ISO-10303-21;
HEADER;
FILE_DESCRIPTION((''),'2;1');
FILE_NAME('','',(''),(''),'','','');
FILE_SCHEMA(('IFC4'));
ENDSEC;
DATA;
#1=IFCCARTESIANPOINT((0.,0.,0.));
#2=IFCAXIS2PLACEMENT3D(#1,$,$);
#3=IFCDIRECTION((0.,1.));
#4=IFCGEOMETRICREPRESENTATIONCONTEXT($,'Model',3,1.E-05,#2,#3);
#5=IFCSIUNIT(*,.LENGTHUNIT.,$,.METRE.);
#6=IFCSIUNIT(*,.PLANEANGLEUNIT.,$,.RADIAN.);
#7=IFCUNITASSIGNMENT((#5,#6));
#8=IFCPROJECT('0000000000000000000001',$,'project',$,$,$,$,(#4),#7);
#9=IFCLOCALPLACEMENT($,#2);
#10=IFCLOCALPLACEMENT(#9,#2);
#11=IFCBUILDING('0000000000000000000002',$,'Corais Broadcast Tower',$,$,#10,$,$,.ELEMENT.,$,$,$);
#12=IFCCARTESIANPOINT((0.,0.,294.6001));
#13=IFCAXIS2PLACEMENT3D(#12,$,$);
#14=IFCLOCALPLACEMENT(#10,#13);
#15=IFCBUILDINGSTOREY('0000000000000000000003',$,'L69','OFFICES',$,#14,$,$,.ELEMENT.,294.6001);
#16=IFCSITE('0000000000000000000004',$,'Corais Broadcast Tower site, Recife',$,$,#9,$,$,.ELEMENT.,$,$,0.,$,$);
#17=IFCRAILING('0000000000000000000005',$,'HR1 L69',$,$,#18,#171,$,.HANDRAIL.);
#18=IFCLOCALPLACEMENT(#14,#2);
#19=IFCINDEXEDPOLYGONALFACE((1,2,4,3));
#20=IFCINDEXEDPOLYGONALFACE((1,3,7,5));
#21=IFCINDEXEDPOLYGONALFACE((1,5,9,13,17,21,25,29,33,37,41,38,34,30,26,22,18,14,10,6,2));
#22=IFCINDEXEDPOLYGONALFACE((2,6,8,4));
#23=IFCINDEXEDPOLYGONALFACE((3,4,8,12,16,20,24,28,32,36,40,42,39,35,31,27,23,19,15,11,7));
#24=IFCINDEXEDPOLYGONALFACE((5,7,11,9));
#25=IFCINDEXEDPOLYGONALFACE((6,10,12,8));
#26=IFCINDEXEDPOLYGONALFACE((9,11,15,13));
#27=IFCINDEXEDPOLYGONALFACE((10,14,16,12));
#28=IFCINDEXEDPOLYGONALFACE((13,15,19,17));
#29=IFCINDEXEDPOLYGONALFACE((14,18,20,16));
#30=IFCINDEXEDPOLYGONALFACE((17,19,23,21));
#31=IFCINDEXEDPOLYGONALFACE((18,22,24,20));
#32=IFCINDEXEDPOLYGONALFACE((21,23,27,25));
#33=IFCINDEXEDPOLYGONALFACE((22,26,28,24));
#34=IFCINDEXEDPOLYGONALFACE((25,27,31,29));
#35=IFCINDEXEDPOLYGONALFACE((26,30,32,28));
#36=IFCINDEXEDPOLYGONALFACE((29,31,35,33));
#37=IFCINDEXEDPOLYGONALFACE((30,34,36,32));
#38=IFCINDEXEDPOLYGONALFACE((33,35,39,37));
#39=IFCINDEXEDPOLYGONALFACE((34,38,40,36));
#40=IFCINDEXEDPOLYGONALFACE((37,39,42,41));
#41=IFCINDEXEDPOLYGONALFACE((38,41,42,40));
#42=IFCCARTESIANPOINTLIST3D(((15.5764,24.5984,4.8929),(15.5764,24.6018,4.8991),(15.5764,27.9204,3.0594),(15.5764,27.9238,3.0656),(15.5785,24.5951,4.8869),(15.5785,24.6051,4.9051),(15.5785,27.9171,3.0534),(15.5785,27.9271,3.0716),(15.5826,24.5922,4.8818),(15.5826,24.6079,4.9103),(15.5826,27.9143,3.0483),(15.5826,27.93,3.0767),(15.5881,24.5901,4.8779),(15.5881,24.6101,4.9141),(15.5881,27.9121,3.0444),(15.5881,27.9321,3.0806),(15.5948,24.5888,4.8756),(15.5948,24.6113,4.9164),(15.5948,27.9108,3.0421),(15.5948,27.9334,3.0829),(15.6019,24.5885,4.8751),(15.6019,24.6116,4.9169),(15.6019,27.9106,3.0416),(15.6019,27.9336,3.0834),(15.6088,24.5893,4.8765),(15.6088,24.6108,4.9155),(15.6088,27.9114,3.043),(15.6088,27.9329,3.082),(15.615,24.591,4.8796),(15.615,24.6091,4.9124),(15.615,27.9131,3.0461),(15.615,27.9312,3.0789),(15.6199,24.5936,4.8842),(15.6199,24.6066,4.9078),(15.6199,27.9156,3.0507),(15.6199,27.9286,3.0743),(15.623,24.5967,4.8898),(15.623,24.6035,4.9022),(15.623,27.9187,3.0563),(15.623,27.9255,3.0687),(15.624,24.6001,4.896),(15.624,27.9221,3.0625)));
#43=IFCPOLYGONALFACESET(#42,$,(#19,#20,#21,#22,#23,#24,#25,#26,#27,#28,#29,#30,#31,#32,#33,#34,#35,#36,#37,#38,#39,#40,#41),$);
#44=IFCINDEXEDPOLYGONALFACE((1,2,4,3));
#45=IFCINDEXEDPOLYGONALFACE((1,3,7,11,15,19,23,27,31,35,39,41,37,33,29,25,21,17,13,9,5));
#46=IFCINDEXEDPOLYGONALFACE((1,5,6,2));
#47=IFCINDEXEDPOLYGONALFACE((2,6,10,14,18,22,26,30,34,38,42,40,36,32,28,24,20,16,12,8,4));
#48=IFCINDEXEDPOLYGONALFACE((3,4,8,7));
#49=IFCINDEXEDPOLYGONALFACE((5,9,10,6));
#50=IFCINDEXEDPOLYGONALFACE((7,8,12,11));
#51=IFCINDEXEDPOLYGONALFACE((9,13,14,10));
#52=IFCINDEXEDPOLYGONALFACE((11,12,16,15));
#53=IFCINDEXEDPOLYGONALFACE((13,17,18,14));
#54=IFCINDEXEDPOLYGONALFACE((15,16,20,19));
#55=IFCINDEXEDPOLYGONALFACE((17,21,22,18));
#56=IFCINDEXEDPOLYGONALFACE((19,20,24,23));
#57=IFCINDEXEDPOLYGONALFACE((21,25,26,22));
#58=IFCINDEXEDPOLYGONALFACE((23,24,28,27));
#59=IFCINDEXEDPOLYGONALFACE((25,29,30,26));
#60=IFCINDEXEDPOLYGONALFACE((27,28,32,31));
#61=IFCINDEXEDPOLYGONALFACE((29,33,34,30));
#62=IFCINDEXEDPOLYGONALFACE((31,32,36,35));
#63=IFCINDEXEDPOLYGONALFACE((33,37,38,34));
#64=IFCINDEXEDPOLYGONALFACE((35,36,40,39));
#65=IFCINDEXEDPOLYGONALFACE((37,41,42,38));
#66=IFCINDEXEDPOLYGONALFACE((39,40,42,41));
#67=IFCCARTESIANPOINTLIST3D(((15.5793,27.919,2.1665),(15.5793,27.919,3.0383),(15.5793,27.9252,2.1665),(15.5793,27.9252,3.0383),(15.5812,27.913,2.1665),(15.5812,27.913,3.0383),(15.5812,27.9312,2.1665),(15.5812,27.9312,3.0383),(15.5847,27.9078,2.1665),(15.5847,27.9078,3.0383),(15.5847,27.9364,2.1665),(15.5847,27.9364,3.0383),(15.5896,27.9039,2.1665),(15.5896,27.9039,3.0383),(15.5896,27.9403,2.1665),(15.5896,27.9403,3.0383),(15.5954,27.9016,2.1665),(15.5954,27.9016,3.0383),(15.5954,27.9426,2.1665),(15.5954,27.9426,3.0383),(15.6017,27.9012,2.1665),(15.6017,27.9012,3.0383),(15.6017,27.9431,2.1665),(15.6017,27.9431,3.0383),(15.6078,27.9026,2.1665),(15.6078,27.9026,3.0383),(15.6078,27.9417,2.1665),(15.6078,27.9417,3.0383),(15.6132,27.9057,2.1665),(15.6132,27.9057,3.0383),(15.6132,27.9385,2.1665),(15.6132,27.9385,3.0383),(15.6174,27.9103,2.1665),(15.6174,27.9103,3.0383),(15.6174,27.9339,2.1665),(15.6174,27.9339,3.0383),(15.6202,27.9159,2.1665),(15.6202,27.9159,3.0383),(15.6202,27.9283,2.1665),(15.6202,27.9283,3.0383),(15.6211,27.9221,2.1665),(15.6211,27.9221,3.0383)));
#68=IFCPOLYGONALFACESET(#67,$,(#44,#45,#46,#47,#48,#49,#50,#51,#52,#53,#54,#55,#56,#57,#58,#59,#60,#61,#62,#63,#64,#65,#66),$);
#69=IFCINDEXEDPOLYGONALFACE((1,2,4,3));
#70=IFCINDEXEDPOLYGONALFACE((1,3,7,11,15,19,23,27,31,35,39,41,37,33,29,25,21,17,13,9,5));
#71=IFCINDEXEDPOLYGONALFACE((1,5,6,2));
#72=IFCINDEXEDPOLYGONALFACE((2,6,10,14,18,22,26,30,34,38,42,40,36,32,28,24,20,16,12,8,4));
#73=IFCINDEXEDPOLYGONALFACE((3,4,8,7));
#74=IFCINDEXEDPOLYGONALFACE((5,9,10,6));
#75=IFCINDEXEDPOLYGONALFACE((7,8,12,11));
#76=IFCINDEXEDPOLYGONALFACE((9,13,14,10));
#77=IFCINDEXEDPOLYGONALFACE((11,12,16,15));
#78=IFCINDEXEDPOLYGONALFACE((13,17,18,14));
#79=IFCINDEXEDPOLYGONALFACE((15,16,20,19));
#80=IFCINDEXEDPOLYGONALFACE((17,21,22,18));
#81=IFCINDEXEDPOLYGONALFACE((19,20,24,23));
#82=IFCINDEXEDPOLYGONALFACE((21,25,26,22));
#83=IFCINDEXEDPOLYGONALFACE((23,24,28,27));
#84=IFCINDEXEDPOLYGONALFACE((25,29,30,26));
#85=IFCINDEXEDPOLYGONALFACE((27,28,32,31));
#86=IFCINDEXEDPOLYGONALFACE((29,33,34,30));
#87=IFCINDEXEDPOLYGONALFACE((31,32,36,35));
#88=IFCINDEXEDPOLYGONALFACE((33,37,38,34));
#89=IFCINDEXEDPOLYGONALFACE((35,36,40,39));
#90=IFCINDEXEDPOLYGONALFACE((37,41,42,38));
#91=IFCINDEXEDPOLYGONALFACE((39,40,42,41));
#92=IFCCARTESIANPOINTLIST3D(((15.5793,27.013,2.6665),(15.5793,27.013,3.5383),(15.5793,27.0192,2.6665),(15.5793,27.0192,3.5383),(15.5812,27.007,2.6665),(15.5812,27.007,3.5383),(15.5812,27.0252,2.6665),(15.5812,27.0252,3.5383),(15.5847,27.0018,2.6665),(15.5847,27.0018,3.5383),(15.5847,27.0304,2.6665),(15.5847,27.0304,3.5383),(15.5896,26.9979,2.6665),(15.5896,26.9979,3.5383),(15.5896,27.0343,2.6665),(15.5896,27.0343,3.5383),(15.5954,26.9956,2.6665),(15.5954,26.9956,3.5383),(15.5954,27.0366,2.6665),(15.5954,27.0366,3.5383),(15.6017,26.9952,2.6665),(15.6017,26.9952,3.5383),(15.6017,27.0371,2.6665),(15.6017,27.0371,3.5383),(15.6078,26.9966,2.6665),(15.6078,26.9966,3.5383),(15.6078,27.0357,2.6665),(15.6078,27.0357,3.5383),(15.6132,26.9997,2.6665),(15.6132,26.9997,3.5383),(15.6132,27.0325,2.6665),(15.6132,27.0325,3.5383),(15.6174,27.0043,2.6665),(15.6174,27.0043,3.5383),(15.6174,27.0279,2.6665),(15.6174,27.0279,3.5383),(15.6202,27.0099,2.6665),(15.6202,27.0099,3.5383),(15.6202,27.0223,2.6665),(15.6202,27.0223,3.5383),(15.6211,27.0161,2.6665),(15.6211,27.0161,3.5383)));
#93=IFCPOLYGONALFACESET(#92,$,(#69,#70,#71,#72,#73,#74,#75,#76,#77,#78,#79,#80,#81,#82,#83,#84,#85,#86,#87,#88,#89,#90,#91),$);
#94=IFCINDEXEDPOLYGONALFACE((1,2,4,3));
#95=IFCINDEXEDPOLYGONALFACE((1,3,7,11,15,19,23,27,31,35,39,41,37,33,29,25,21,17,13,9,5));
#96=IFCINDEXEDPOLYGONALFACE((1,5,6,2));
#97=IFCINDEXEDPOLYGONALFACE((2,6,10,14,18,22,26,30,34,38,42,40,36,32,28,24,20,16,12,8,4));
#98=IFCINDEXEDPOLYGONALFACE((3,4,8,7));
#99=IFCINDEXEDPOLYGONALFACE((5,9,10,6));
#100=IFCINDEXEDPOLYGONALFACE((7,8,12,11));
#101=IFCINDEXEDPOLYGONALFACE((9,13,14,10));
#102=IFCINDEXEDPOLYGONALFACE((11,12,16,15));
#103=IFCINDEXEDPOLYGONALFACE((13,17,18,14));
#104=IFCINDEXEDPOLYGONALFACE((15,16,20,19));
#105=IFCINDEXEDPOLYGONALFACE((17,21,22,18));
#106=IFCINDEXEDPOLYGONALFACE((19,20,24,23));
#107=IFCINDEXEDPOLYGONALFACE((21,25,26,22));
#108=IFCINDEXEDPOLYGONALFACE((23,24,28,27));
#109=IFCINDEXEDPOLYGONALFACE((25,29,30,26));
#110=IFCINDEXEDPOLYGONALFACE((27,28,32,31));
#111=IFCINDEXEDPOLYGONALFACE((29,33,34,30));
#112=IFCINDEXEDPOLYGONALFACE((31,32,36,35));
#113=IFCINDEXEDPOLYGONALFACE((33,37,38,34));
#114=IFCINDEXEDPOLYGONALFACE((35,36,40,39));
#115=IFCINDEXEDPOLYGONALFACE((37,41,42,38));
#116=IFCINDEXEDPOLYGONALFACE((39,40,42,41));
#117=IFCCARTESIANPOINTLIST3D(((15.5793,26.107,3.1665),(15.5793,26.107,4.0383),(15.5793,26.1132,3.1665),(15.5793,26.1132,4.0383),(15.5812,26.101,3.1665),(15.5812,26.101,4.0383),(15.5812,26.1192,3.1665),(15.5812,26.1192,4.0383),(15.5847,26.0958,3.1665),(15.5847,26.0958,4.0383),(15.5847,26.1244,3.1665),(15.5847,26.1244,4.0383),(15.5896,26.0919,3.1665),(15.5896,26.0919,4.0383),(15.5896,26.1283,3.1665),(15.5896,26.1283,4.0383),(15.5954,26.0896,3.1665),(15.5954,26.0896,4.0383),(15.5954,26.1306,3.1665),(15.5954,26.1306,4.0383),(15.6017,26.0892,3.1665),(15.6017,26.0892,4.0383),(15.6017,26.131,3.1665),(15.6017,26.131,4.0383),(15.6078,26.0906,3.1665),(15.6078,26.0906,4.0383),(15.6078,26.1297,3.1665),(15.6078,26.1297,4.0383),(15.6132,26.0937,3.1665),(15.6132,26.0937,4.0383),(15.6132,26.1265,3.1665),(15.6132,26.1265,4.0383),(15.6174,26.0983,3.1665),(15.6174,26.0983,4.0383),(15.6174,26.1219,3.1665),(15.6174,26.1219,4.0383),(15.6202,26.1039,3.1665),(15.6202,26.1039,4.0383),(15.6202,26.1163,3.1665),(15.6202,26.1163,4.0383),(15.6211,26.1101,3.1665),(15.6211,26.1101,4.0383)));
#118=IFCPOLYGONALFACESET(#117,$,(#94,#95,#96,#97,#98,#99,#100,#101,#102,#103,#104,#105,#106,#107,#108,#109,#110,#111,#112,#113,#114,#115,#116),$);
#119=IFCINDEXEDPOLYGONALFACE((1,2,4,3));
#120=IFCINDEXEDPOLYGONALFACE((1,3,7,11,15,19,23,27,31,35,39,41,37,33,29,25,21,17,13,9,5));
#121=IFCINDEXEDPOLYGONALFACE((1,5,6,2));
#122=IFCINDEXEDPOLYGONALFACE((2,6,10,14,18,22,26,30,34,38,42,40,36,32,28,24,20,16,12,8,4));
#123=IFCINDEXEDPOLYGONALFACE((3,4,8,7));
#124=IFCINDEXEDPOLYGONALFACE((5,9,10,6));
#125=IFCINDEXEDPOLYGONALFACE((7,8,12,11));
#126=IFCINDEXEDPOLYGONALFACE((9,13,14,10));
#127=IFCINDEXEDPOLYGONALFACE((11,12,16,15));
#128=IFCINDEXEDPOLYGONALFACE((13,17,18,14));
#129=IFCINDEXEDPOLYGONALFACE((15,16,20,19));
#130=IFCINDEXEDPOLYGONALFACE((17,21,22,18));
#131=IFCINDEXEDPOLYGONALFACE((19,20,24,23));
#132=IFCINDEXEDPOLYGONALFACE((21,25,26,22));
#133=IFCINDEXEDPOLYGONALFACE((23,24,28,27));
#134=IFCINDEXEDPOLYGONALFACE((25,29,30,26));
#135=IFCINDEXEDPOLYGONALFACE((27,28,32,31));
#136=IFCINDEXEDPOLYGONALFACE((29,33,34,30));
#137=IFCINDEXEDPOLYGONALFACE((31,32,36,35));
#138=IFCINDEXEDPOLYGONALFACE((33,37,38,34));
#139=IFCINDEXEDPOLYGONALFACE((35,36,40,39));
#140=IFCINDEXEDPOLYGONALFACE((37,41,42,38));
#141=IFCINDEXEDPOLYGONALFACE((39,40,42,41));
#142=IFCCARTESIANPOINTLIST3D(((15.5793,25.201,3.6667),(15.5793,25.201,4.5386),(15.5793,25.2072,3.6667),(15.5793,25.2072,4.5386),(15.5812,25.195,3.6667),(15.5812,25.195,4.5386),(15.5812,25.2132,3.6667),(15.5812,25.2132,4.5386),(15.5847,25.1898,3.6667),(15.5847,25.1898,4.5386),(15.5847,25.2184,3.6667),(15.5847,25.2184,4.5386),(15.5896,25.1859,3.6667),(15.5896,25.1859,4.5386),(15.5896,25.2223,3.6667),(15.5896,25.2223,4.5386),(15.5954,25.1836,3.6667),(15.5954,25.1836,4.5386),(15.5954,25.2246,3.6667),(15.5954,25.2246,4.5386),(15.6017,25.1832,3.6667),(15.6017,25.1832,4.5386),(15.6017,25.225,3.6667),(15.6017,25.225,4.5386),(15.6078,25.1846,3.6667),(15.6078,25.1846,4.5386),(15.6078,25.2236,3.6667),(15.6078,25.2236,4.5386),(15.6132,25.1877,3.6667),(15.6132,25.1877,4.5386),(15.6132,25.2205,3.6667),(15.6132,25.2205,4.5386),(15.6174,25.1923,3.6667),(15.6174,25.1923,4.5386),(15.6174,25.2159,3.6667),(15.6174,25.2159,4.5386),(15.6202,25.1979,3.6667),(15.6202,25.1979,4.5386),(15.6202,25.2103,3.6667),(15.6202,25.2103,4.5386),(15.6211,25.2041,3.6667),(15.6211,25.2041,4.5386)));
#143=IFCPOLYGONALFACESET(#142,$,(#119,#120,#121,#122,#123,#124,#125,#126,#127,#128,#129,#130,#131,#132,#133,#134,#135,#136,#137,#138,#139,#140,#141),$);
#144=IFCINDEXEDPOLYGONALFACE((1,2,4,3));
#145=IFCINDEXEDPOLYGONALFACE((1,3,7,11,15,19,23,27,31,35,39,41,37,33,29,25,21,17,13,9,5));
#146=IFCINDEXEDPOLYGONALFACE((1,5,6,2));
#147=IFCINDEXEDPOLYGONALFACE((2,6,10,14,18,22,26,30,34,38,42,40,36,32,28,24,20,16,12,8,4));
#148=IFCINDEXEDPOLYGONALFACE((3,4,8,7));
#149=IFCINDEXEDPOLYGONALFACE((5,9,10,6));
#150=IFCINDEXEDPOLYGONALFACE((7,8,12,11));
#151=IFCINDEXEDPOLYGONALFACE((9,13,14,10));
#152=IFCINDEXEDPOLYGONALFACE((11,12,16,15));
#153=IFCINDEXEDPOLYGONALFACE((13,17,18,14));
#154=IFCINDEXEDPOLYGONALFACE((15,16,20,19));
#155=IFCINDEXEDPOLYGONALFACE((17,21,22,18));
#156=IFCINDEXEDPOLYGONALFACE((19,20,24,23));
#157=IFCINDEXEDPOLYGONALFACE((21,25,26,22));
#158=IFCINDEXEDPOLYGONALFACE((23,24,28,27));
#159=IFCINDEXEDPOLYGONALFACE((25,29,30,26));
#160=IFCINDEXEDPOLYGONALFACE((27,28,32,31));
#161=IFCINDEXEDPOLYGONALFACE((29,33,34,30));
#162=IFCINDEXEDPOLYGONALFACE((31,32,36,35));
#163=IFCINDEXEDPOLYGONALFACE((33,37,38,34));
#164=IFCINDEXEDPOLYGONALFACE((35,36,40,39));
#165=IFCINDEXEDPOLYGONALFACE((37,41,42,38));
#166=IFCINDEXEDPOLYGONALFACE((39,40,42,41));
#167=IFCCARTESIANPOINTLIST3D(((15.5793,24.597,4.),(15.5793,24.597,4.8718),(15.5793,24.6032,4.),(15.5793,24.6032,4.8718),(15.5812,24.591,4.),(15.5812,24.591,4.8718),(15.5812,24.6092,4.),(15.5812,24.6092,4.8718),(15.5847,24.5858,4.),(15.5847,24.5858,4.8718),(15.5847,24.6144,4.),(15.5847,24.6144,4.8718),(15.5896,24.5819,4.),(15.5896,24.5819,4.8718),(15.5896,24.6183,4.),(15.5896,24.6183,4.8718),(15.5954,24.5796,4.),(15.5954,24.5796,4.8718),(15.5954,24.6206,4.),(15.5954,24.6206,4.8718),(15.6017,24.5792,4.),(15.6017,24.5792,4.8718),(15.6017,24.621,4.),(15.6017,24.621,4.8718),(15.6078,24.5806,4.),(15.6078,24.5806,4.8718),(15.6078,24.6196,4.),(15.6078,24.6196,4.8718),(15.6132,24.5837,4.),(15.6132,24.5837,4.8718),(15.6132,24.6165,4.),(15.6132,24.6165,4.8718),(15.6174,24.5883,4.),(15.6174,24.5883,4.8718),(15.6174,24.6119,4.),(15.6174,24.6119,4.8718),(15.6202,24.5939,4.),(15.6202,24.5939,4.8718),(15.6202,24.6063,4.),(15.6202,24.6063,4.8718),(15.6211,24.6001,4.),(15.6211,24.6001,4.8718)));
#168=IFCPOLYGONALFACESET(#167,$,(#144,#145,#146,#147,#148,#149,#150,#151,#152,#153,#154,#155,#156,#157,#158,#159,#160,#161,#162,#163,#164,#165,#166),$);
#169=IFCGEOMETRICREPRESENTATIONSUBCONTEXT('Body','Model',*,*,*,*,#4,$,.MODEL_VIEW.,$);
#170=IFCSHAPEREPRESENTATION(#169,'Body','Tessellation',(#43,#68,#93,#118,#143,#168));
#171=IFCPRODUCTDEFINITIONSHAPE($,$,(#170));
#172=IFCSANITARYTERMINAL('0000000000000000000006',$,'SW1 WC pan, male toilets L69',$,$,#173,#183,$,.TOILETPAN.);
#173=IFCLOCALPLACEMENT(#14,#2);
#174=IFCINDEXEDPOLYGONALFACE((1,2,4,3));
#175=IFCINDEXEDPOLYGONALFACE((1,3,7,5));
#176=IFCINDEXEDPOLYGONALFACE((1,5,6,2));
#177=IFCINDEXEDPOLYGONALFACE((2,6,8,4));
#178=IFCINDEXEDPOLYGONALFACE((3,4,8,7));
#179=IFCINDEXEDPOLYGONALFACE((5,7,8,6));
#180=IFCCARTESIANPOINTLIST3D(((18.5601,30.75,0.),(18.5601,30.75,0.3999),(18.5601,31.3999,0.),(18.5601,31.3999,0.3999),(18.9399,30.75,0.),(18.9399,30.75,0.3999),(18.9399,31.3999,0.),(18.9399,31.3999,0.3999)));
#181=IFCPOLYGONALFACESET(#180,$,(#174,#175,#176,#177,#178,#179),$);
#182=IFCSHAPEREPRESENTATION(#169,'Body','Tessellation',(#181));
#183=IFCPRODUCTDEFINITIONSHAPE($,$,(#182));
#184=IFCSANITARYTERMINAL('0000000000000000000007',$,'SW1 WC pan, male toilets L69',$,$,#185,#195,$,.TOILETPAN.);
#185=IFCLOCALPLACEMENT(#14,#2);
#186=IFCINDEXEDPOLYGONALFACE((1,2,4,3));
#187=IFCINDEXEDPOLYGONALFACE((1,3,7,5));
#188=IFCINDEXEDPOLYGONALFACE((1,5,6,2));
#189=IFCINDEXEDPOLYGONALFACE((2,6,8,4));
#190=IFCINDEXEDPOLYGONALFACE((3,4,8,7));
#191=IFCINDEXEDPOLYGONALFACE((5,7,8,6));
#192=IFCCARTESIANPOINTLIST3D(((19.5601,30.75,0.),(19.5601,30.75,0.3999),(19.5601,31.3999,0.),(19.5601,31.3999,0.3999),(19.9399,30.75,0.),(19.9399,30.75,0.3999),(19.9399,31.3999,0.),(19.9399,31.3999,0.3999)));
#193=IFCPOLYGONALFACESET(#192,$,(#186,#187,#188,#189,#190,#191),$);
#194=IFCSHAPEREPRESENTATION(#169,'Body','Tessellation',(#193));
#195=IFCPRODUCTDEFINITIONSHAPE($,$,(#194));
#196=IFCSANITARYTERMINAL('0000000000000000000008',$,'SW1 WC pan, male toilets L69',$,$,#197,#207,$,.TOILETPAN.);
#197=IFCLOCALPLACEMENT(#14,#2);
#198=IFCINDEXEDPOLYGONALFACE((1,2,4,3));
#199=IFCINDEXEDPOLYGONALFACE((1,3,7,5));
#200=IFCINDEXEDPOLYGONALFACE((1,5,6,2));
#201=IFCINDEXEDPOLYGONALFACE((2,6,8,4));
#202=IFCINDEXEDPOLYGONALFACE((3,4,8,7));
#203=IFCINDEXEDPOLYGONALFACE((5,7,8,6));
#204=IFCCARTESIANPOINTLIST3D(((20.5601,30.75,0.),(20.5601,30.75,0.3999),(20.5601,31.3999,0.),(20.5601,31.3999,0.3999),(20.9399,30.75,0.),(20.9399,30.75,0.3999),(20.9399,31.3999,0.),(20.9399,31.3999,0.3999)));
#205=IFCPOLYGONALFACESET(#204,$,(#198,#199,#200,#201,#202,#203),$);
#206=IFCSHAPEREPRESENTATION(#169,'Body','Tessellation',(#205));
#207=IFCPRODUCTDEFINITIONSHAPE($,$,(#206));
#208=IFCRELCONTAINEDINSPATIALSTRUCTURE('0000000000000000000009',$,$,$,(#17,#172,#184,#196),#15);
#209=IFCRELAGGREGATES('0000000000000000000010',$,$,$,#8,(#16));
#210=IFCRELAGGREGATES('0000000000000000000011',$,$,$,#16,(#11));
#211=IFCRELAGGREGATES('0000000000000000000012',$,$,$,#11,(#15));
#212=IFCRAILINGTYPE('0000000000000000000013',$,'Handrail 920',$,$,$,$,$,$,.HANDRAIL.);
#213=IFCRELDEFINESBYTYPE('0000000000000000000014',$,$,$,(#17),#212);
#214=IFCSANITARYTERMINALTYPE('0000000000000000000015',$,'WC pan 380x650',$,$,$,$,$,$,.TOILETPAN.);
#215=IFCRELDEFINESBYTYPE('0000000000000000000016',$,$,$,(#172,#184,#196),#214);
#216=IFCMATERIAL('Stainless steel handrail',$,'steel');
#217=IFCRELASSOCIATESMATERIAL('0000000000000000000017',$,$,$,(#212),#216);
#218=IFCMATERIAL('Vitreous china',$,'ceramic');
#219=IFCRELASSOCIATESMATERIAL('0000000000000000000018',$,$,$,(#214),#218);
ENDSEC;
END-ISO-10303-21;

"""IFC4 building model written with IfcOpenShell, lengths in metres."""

from ifc_helpers import new_model, si_unit, direction, frame, origin, origin_2d, place, context, subcontext, project, spatial, rectangle, circle, extrude, material, type_object, element, save


model = new_model("IFC4")

# Units and contexts
model_context = context("Model", 3, precision=1e-05, world=origin(), true_north=direction((0.0, 1.0)))
body_context = subcontext(model_context, "Body", "Model", "MODEL_VIEW")
ifc_project = project(units=[si_unit("LENGTHUNIT", "METRE"), si_unit("PLANEANGLEUNIT", "RADIAN")], contexts=[model_context])

# Site, building, storey
site_placement = place(None, origin())
site = spatial("IfcSite", under=ifc_project, at=site_placement, Name="Corais Broadcast Tower site, Recife", CompositionType="ELEMENT", RefElevation=0.0)
building_placement = place(site_placement, origin())
building = spatial("IfcBuilding", under=site, at=building_placement, Name="Corais Broadcast Tower", CompositionType="ELEMENT")
storey_placement = place(building_placement, frame((0.0, 0.0, 294.6001)))
storey = spatial("IfcBuildingStorey", under=building, at=storey_placement, Name="L69", Description="OFFICES", CompositionType="ELEMENT", Elevation=294.6001)

# Railing
ifc_material_1 = material(Name="Stainless steel handrail", Category="steel")
railing_type = type_object("IfcRailingType", Name="Handrail 920", PredefinedType="HANDRAIL", material=ifc_material_1)
for number, where, name in (
    (1, (15.6001, 27.9221, 2.1665), "HR1 L69"),
):
    element("IfcRailing", number, at=place(storey_placement, frame(where)), inside=storey, type_object=railing_type, Name=name, PredefinedType="HANDRAIL", context=body_context, shape_type="SweptSolid", body=[
        extrude(circle(Radius=0.0239, at=origin_2d()), frame((0.0, 0.0, 0.896), z_axis=(0.0, -0.875504, 0.48321), x_axis=(1.0, 0.0, 0.0)), (0.0, 0.0, 1.0), 3.7944),
        extrude(circle(Radius=0.021, at=origin_2d()), origin(), (0.0, 0.0, 1.0), 0.8718),
        extrude(circle(Radius=0.021, at=origin_2d()), frame((0.0, -0.906, 0.5)), (0.0, 0.0, 1.0), 0.8718),
        extrude(circle(Radius=0.021, at=origin_2d()), frame((0.0, -1.812, 1.0)), (0.0, 0.0, 1.0), 0.8718),
        extrude(circle(Radius=0.021, at=origin_2d()), frame((0.0, -2.718, 1.5002)), (0.0, 0.0, 1.0), 0.8718),
        extrude(circle(Radius=0.021, at=origin_2d()), frame((0.0, -3.322, 1.8335)), (0.0, 0.0, 1.0), 0.8718),
    ])

# Sanitary terminals
ifc_material_2 = material(Name="Vitreous china", Category="ceramic")
sanitary_terminal_type_1 = type_object("IfcSanitaryTerminalType", Name="WC pan 380x650", PredefinedType="TOILETPAN", material=ifc_material_2)
for number, where, z_axis, x_axis, name in (
    (2, (18.75, 31.075, 0.0), (0.0, 0.0, 1.0), (1.0, 0.0, 0.0), "SW1 WC pan, male toilets L69"),
    (3, (19.75, 31.075, 0.0), (0.0, 0.0, 1.0), (1.0, 0.0, 0.0), "SW1 WC pan, male toilets L69"),
    (4, (20.75, 31.075, 0.0), (0.0, 0.0, 1.0), (1.0, 0.0, 0.0), "SW1 WC pan, male toilets L69"),
):
    element("IfcSanitaryTerminal", number, at=place(storey_placement, frame(where, z_axis=z_axis, x_axis=x_axis)), inside=storey, type_object=sanitary_terminal_type_1, Name=name, PredefinedType="TOILETPAN", context=body_context, shape_type="SweptSolid", body=[
        extrude(rectangle(XDim=0.3799, YDim=0.6499, at=origin_2d()), origin(), (0.0, 0.0, 1.0), 0.3999),
    ])

save(model, "model.ifc")
